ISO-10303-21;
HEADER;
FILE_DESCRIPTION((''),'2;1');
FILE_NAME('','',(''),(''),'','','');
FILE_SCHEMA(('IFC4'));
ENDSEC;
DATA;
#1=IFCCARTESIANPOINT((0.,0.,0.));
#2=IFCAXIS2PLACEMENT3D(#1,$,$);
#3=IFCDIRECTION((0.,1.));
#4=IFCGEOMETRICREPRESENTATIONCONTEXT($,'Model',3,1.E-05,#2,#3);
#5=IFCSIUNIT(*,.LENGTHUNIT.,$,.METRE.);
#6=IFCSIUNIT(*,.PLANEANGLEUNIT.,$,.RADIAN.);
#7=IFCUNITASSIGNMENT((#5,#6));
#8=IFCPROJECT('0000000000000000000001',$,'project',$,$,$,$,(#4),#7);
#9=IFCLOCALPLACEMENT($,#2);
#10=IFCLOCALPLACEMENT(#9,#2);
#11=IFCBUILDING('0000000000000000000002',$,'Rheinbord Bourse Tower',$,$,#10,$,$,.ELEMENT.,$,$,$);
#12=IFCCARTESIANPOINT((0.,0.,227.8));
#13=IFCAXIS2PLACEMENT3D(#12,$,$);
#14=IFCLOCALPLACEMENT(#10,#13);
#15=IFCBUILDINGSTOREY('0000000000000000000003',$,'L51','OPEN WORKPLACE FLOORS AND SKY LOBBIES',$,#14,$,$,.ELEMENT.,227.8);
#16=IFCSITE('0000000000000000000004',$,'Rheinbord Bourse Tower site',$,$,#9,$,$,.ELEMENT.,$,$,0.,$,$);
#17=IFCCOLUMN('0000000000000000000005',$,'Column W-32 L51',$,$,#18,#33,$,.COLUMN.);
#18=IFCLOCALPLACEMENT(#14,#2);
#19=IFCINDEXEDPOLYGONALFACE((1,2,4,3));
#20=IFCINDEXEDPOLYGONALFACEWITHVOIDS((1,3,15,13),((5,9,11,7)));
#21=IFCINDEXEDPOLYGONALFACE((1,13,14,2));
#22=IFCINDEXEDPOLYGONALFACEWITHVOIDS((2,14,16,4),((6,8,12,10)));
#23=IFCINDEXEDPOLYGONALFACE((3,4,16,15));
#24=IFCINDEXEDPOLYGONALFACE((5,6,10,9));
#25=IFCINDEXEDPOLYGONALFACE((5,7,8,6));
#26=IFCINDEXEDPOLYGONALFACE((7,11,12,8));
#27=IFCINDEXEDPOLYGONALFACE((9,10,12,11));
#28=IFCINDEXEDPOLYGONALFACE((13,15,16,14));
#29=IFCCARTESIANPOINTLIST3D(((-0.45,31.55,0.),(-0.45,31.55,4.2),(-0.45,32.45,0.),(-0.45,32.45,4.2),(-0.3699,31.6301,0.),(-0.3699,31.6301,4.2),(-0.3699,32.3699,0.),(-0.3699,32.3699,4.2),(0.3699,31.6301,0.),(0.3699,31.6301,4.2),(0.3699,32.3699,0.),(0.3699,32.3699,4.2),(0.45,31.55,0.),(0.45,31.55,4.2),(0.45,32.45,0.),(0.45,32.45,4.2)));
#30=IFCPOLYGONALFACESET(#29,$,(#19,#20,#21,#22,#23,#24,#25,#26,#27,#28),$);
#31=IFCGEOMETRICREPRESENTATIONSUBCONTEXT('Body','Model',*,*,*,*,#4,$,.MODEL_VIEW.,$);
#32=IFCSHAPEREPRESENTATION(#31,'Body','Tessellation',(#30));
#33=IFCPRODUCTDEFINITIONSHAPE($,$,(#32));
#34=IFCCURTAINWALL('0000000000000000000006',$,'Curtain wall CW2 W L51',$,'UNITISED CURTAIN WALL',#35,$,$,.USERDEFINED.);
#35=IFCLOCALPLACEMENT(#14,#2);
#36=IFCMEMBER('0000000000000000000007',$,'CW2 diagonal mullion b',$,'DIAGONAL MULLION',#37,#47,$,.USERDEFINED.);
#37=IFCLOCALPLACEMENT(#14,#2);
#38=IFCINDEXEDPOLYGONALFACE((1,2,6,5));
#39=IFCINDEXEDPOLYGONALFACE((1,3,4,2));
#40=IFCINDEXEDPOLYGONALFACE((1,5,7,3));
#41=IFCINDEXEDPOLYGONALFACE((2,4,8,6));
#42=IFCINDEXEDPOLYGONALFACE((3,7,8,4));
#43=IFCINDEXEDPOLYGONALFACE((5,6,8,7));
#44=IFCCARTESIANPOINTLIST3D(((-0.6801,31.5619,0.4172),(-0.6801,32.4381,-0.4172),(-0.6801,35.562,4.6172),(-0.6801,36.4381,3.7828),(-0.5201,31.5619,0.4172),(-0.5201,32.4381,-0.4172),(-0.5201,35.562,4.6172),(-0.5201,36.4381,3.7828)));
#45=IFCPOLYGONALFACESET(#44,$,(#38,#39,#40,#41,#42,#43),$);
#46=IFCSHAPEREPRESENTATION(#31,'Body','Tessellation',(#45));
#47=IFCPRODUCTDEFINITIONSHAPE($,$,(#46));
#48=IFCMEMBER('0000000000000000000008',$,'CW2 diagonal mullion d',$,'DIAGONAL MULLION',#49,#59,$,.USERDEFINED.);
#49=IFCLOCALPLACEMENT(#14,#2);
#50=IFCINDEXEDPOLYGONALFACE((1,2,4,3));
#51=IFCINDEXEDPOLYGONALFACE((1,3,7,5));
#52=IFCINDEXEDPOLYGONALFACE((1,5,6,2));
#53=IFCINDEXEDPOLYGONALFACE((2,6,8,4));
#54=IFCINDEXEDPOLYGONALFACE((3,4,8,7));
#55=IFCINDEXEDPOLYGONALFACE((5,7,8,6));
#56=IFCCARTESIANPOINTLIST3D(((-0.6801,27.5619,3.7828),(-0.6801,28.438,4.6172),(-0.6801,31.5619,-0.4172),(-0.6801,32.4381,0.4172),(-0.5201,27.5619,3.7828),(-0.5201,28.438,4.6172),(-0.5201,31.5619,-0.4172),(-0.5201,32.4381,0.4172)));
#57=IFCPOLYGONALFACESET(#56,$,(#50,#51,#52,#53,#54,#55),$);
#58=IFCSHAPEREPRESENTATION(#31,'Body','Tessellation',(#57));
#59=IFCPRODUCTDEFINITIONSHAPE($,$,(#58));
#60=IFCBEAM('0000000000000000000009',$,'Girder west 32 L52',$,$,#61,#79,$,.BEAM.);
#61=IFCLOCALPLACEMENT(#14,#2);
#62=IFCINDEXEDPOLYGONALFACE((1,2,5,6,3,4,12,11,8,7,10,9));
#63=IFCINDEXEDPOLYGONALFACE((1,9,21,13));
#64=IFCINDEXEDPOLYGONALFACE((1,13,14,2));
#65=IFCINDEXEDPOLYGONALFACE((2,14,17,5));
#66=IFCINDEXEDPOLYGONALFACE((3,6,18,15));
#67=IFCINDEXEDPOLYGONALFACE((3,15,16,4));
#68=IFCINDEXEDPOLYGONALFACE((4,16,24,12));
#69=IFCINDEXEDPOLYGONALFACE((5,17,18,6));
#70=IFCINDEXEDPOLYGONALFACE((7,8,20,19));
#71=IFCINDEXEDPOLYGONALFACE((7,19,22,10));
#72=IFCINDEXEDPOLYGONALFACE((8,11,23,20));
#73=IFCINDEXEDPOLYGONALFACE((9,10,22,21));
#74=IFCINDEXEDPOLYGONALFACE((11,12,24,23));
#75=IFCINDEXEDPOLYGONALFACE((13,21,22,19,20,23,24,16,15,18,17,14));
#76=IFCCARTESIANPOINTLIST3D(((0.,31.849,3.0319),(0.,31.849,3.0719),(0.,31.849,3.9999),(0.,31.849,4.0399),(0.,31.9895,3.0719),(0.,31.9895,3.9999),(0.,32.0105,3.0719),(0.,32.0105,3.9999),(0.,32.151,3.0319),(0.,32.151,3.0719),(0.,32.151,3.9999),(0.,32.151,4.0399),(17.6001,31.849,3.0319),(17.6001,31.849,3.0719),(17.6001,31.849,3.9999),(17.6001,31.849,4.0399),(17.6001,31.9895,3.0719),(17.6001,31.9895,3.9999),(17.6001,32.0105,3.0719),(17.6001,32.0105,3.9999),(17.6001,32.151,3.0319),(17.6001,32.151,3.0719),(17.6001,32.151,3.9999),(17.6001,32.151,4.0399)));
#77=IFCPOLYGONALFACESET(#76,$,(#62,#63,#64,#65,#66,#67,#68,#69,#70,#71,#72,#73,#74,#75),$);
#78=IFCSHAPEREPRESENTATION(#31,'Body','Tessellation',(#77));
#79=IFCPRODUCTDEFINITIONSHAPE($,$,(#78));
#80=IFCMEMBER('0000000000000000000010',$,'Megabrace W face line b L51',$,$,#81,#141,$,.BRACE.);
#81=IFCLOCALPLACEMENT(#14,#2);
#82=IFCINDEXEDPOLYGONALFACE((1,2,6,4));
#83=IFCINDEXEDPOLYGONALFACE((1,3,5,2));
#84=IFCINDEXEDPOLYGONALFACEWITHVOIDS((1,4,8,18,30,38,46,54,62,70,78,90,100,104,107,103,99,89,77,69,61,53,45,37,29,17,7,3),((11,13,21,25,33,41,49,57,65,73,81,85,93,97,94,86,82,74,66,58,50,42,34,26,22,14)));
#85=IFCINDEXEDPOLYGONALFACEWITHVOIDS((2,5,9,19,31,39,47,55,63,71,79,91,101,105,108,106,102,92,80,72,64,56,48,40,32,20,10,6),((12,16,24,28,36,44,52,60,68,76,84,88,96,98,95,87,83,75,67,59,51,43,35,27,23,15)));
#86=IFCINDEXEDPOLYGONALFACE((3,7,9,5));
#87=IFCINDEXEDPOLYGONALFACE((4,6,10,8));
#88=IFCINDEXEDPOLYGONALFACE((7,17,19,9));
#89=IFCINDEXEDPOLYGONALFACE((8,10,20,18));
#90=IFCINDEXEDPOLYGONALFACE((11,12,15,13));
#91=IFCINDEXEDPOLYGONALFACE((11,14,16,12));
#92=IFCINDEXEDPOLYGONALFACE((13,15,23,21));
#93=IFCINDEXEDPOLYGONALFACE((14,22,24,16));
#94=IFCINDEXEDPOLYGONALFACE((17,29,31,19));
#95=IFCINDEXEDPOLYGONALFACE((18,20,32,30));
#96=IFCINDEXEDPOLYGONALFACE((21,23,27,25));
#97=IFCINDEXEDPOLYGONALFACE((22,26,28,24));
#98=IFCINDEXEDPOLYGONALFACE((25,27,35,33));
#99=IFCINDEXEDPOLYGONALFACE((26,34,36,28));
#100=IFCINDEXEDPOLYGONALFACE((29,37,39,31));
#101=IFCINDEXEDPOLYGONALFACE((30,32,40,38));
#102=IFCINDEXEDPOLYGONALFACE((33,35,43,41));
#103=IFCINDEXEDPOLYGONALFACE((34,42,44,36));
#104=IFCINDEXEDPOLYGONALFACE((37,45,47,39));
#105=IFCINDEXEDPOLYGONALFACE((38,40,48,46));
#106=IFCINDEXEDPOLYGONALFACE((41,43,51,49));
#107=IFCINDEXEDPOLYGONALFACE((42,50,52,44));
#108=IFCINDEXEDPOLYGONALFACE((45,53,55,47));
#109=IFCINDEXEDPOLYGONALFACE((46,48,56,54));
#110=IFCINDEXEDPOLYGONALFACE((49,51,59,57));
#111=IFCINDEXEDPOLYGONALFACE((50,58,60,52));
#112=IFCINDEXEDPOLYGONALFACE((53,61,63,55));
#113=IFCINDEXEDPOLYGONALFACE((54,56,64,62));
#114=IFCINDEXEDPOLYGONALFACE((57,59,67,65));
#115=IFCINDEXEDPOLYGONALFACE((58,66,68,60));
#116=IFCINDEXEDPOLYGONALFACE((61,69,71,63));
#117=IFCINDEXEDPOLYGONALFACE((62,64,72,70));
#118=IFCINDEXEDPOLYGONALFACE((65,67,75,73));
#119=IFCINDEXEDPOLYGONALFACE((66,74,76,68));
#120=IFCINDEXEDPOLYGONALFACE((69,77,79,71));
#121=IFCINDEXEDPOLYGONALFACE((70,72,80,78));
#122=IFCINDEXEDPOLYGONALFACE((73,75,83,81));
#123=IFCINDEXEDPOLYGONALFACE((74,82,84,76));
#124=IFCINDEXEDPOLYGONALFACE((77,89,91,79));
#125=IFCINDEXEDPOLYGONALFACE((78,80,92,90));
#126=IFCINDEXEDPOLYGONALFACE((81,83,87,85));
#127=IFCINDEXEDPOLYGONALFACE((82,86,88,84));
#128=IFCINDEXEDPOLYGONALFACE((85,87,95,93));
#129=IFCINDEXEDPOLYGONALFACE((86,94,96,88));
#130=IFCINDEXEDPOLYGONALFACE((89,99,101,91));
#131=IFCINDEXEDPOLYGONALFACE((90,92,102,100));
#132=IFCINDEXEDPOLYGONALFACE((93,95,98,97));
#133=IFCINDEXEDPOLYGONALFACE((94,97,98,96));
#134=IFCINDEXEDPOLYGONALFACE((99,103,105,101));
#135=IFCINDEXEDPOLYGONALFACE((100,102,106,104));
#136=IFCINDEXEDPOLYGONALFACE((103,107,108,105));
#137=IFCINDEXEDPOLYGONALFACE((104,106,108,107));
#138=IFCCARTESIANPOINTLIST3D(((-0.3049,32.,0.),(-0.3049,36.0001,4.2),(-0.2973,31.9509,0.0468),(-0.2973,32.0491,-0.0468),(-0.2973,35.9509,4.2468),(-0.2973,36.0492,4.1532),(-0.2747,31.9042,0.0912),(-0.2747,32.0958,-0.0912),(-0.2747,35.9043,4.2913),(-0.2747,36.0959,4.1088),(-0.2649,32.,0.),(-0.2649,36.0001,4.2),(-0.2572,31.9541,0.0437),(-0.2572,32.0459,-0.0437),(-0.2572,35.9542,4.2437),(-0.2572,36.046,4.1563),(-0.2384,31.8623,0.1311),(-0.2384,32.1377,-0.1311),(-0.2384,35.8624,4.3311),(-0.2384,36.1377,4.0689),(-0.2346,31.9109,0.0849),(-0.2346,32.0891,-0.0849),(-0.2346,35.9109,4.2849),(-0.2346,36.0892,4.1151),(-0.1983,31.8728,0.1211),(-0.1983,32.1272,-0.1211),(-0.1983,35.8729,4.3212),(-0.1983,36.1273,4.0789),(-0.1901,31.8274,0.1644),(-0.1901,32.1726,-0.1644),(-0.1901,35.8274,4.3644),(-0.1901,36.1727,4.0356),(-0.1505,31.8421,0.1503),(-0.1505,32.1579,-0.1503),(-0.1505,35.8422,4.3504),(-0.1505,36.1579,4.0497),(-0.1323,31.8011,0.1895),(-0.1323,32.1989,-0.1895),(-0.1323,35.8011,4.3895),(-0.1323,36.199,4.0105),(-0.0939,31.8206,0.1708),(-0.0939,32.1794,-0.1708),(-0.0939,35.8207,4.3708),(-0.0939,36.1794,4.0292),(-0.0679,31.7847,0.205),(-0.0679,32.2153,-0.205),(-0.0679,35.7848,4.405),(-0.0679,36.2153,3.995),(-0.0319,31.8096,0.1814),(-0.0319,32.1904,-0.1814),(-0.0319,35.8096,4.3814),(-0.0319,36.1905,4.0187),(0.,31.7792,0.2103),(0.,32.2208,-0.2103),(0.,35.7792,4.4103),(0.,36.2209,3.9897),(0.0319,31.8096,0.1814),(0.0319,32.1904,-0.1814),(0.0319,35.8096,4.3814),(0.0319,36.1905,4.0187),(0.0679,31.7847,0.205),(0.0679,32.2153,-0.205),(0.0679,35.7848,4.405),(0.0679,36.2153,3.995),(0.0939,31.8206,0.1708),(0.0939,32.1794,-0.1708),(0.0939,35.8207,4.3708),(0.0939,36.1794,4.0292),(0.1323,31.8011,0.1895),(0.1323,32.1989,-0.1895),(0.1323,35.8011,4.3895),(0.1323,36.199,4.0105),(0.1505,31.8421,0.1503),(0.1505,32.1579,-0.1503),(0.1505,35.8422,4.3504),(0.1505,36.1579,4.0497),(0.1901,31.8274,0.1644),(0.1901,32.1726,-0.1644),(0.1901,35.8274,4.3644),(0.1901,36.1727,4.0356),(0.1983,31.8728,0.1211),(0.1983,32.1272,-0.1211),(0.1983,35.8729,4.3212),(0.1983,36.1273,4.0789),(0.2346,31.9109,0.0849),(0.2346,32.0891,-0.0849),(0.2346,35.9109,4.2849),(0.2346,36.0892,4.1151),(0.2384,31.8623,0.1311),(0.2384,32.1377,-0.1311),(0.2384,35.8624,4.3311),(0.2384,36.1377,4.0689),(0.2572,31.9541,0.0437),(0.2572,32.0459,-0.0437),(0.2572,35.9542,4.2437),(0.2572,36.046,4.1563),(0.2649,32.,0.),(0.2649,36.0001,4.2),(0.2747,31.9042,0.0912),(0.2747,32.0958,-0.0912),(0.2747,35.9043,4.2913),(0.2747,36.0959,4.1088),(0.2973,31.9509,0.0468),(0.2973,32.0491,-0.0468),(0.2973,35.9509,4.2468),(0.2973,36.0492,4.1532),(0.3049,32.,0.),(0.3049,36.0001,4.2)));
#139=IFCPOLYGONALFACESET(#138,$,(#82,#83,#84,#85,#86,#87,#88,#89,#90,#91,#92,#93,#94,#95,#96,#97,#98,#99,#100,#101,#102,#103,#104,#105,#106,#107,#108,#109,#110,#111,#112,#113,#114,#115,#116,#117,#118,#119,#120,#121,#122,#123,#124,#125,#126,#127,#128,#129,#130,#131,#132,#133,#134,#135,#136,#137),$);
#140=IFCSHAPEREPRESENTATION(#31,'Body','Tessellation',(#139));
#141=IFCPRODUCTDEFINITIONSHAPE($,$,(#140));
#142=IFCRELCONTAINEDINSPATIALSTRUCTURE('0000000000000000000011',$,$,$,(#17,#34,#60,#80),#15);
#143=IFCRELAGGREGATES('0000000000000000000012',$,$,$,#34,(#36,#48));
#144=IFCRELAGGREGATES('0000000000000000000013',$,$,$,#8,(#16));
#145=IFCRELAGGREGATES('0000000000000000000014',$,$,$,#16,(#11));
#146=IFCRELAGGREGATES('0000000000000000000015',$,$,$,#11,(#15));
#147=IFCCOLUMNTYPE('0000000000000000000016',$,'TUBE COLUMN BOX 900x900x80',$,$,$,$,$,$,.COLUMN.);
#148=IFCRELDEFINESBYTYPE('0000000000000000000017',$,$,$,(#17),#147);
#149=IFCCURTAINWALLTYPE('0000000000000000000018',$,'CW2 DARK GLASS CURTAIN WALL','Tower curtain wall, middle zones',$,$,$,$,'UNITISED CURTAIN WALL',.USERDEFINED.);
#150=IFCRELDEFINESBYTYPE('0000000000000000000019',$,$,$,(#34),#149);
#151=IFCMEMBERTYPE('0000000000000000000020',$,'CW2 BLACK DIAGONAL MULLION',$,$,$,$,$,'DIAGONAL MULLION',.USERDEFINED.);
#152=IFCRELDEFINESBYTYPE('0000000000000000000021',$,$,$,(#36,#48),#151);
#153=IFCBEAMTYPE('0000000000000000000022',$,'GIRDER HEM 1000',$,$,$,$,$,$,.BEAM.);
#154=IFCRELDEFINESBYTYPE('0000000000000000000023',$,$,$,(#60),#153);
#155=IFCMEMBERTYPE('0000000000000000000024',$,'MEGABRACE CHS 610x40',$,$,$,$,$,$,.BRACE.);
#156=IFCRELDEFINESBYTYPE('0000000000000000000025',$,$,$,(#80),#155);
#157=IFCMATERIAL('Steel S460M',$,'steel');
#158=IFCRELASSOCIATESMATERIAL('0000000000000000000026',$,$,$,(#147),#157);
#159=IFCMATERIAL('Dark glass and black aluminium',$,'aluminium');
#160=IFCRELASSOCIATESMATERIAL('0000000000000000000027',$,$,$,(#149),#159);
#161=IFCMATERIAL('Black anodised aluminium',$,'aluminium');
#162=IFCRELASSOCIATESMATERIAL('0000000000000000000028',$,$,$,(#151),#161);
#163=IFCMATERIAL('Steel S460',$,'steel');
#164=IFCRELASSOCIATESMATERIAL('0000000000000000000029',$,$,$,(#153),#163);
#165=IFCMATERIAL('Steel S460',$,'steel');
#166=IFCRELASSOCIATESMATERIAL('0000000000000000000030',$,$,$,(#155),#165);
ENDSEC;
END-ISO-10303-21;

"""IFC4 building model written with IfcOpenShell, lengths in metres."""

from ifc_helpers import new_model, si_unit, direction, frame, origin, origin_2d, place, context, subcontext, project, spatial, rectangle, hollow_rectangle, hollow_circle, i_section, extrude, material, material_profile, profile_set, type_object, element, aggregate, save


model = new_model("IFC4")

# Units and contexts
model_context = context("Model", 3, precision=1e-05, world=origin(), true_north=direction((0.0, 1.0)))
body_context = subcontext(model_context, "Body", "Model", "MODEL_VIEW")
ifc_project = project(units=[si_unit("LENGTHUNIT", "METRE"), si_unit("PLANEANGLEUNIT", "RADIAN")], contexts=[model_context])

# Site, building, storey
site_placement = place(None, origin())
site = spatial("IfcSite", under=ifc_project, at=site_placement, Name="Rheinbord Bourse Tower site", CompositionType="ELEMENT", RefElevation=0.0)
building_placement = place(site_placement, origin())
building = spatial("IfcBuilding", under=site, at=building_placement, Name="Rheinbord Bourse Tower", CompositionType="ELEMENT")
storey_placement = place(building_placement, frame((0.0, 0.0, 227.8)))
storey = spatial("IfcBuildingStorey", under=building, at=storey_placement, Name="L51", Description="OPEN WORKPLACE FLOORS AND SKY LOBBIES", CompositionType="ELEMENT", Elevation=227.8)

# Column
ifc_material_1 = material(Name="Steel S460M", Category="steel")
ifc_material_profile_1 = material_profile(ifc_material_1, hollow_rectangle(XDim=0.8999, YDim=0.8999, WallThickness=0.0801, at=origin_2d()), Name="BOX 900x900x80")
ifc_profile_set_1 = profile_set([ifc_material_profile_1], Name="Steel S460M")
column_type = type_object("IfcColumnType", Name="TUBE COLUMN BOX 900x900x80", PredefinedType="COLUMN", material=ifc_profile_set_1)
column_placement = place(storey_placement, frame((0.0, 32.0, 0.0), z_axis=(0.0, 0.0, 1.0), x_axis=(1.0, 0.0, 0.0)))
element("IfcColumn", 1, at=column_placement, inside=storey, type_object=column_type, Name="Column W-32 L51", PredefinedType="COLUMN", context=body_context, shape_type="SweptSolid", body=[
    extrude(hollow_rectangle(XDim=0.8999, YDim=0.8999, WallThickness=0.0801, at=origin_2d()), origin(), (0.0, 0.0, 1.0), 4.2),
])

# Curtain wall, members
ifc_material_2 = material(Name="Dark glass and black aluminium", Category="aluminium")
curtain_wall_type = type_object("IfcCurtainWallType", Name="CW2 DARK GLASS CURTAIN WALL", Description="Tower curtain wall, middle zones", ElementType="UNITISED CURTAIN WALL", PredefinedType="USERDEFINED", material=ifc_material_2)
curtain_wall_placement = place(storey_placement, origin())
curtain_wall = element("IfcCurtainWall", 2, at=curtain_wall_placement, inside=storey, type_object=curtain_wall_type, Name="Curtain wall CW2 W L51", ObjectType="UNITISED CURTAIN WALL", PredefinedType="USERDEFINED")
ifc_material_3 = material(Name="Black anodised aluminium", Category="aluminium")
ifc_material_profile_2 = material_profile(ifc_material_3, rectangle(XDim=0.1599, YDim=1.21, at=origin_2d()), Name="CW2 DIAGONAL MULLION 1210x160")
ifc_profile_set_2 = profile_set([ifc_material_profile_2], Name="Black anodised aluminium")
member_type_1 = type_object("IfcMemberType", Name="CW2 BLACK DIAGONAL MULLION", ElementType="DIAGONAL MULLION", PredefinedType="USERDEFINED", material=ifc_profile_set_2)
member_1_placement = place(storey_placement, frame((-0.6001, 32.0, 0.0), z_axis=(0.0, 0.689659, 0.724134), x_axis=(-1.0, 0.0, 0.0)))
member_1 = element("IfcMember", 3, at=member_1_placement, type_object=member_type_1, Name="CW2 diagonal mullion b", ObjectType="DIAGONAL MULLION", PredefinedType="USERDEFINED", context=body_context, shape_type="SweptSolid", body=[
    extrude(rectangle(XDim=0.1599, YDim=1.21, at=origin_2d()), origin(), (0.0, 0.0, 1.0), 5.8),
])
member_2_placement = place(storey_placement, frame((-0.6001, 32.0, 0.0), z_axis=(0.0, -0.689659, 0.724134), x_axis=(1.0, 0.0, 0.0)))
member_2 = element("IfcMember", 4, at=member_2_placement, type_object=member_type_1, Name="CW2 diagonal mullion d", ObjectType="DIAGONAL MULLION", PredefinedType="USERDEFINED", context=body_context, shape_type="SweptSolid", body=[
    extrude(rectangle(XDim=0.1599, YDim=1.21, at=origin_2d()), origin(), (0.0, 0.0, 1.0), 5.8),
])
aggregate(curtain_wall, [member_1, member_2])

# Beam
ifc_material_4 = material(Name="Steel S460", Category="steel")
ifc_material_profile_3 = material_profile(ifc_material_4, i_section(OverallWidth=0.302, OverallDepth=1.0081, WebThickness=0.021, FlangeThickness=0.04, at=origin_2d()), Name="HEM 1000")
ifc_profile_set_3 = profile_set([ifc_material_profile_3], Name="Steel S460")
beam_type_1 = type_object("IfcBeamType", Name="GIRDER HEM 1000", PredefinedType="BEAM", material=ifc_profile_set_3)
beam_1_placement = place(storey_placement, frame((0.0, 32.0, 3.5359), z_axis=(1.0, 0.0, 0.0), x_axis=(0.0, 1.0, 0.0)))
element("IfcBeam", 5, at=beam_1_placement, inside=storey, type_object=beam_type_1, Name="Girder west 32 L52", PredefinedType="BEAM", context=body_context, shape_type="SweptSolid", body=[
    extrude(i_section(OverallWidth=0.302, OverallDepth=1.0081, WebThickness=0.021, FlangeThickness=0.04, at=origin_2d()), origin(), (0.0, 0.0, 1.0), 17.6001),
])

# Member
ifc_material_5 = material(Name="Steel S460", Category="steel")
ifc_material_profile_4 = material_profile(ifc_material_5, hollow_circle(Radius=0.3049, WallThickness=0.04, at=origin_2d()), Name="CHS 610x40")
ifc_profile_set_4 = profile_set([ifc_material_profile_4], Name="Steel S460")
member_type_2 = type_object("IfcMemberType", Name="MEGABRACE CHS 610x40", PredefinedType="BRACE", material=ifc_profile_set_4)
for number, where, z_axis, x_axis, name in (
    (6, (0.0, 32.0, 0.0), (0.0, 0.689659, 0.724134), (-1.0, 0.0, 0.0), "Megabrace W face line b L51"),
):
    element("IfcMember", number, at=place(storey_placement, frame(where, z_axis=z_axis, x_axis=x_axis)), inside=storey, type_object=member_type_2, Name=name, PredefinedType="BRACE", context=body_context, shape_type="SweptSolid", body=[
        extrude(hollow_circle(Radius=0.3049, WallThickness=0.04, at=origin_2d()), origin(), (0.0, 0.0, 1.0), 5.8),
    ])

save(model, "model.ifc")
